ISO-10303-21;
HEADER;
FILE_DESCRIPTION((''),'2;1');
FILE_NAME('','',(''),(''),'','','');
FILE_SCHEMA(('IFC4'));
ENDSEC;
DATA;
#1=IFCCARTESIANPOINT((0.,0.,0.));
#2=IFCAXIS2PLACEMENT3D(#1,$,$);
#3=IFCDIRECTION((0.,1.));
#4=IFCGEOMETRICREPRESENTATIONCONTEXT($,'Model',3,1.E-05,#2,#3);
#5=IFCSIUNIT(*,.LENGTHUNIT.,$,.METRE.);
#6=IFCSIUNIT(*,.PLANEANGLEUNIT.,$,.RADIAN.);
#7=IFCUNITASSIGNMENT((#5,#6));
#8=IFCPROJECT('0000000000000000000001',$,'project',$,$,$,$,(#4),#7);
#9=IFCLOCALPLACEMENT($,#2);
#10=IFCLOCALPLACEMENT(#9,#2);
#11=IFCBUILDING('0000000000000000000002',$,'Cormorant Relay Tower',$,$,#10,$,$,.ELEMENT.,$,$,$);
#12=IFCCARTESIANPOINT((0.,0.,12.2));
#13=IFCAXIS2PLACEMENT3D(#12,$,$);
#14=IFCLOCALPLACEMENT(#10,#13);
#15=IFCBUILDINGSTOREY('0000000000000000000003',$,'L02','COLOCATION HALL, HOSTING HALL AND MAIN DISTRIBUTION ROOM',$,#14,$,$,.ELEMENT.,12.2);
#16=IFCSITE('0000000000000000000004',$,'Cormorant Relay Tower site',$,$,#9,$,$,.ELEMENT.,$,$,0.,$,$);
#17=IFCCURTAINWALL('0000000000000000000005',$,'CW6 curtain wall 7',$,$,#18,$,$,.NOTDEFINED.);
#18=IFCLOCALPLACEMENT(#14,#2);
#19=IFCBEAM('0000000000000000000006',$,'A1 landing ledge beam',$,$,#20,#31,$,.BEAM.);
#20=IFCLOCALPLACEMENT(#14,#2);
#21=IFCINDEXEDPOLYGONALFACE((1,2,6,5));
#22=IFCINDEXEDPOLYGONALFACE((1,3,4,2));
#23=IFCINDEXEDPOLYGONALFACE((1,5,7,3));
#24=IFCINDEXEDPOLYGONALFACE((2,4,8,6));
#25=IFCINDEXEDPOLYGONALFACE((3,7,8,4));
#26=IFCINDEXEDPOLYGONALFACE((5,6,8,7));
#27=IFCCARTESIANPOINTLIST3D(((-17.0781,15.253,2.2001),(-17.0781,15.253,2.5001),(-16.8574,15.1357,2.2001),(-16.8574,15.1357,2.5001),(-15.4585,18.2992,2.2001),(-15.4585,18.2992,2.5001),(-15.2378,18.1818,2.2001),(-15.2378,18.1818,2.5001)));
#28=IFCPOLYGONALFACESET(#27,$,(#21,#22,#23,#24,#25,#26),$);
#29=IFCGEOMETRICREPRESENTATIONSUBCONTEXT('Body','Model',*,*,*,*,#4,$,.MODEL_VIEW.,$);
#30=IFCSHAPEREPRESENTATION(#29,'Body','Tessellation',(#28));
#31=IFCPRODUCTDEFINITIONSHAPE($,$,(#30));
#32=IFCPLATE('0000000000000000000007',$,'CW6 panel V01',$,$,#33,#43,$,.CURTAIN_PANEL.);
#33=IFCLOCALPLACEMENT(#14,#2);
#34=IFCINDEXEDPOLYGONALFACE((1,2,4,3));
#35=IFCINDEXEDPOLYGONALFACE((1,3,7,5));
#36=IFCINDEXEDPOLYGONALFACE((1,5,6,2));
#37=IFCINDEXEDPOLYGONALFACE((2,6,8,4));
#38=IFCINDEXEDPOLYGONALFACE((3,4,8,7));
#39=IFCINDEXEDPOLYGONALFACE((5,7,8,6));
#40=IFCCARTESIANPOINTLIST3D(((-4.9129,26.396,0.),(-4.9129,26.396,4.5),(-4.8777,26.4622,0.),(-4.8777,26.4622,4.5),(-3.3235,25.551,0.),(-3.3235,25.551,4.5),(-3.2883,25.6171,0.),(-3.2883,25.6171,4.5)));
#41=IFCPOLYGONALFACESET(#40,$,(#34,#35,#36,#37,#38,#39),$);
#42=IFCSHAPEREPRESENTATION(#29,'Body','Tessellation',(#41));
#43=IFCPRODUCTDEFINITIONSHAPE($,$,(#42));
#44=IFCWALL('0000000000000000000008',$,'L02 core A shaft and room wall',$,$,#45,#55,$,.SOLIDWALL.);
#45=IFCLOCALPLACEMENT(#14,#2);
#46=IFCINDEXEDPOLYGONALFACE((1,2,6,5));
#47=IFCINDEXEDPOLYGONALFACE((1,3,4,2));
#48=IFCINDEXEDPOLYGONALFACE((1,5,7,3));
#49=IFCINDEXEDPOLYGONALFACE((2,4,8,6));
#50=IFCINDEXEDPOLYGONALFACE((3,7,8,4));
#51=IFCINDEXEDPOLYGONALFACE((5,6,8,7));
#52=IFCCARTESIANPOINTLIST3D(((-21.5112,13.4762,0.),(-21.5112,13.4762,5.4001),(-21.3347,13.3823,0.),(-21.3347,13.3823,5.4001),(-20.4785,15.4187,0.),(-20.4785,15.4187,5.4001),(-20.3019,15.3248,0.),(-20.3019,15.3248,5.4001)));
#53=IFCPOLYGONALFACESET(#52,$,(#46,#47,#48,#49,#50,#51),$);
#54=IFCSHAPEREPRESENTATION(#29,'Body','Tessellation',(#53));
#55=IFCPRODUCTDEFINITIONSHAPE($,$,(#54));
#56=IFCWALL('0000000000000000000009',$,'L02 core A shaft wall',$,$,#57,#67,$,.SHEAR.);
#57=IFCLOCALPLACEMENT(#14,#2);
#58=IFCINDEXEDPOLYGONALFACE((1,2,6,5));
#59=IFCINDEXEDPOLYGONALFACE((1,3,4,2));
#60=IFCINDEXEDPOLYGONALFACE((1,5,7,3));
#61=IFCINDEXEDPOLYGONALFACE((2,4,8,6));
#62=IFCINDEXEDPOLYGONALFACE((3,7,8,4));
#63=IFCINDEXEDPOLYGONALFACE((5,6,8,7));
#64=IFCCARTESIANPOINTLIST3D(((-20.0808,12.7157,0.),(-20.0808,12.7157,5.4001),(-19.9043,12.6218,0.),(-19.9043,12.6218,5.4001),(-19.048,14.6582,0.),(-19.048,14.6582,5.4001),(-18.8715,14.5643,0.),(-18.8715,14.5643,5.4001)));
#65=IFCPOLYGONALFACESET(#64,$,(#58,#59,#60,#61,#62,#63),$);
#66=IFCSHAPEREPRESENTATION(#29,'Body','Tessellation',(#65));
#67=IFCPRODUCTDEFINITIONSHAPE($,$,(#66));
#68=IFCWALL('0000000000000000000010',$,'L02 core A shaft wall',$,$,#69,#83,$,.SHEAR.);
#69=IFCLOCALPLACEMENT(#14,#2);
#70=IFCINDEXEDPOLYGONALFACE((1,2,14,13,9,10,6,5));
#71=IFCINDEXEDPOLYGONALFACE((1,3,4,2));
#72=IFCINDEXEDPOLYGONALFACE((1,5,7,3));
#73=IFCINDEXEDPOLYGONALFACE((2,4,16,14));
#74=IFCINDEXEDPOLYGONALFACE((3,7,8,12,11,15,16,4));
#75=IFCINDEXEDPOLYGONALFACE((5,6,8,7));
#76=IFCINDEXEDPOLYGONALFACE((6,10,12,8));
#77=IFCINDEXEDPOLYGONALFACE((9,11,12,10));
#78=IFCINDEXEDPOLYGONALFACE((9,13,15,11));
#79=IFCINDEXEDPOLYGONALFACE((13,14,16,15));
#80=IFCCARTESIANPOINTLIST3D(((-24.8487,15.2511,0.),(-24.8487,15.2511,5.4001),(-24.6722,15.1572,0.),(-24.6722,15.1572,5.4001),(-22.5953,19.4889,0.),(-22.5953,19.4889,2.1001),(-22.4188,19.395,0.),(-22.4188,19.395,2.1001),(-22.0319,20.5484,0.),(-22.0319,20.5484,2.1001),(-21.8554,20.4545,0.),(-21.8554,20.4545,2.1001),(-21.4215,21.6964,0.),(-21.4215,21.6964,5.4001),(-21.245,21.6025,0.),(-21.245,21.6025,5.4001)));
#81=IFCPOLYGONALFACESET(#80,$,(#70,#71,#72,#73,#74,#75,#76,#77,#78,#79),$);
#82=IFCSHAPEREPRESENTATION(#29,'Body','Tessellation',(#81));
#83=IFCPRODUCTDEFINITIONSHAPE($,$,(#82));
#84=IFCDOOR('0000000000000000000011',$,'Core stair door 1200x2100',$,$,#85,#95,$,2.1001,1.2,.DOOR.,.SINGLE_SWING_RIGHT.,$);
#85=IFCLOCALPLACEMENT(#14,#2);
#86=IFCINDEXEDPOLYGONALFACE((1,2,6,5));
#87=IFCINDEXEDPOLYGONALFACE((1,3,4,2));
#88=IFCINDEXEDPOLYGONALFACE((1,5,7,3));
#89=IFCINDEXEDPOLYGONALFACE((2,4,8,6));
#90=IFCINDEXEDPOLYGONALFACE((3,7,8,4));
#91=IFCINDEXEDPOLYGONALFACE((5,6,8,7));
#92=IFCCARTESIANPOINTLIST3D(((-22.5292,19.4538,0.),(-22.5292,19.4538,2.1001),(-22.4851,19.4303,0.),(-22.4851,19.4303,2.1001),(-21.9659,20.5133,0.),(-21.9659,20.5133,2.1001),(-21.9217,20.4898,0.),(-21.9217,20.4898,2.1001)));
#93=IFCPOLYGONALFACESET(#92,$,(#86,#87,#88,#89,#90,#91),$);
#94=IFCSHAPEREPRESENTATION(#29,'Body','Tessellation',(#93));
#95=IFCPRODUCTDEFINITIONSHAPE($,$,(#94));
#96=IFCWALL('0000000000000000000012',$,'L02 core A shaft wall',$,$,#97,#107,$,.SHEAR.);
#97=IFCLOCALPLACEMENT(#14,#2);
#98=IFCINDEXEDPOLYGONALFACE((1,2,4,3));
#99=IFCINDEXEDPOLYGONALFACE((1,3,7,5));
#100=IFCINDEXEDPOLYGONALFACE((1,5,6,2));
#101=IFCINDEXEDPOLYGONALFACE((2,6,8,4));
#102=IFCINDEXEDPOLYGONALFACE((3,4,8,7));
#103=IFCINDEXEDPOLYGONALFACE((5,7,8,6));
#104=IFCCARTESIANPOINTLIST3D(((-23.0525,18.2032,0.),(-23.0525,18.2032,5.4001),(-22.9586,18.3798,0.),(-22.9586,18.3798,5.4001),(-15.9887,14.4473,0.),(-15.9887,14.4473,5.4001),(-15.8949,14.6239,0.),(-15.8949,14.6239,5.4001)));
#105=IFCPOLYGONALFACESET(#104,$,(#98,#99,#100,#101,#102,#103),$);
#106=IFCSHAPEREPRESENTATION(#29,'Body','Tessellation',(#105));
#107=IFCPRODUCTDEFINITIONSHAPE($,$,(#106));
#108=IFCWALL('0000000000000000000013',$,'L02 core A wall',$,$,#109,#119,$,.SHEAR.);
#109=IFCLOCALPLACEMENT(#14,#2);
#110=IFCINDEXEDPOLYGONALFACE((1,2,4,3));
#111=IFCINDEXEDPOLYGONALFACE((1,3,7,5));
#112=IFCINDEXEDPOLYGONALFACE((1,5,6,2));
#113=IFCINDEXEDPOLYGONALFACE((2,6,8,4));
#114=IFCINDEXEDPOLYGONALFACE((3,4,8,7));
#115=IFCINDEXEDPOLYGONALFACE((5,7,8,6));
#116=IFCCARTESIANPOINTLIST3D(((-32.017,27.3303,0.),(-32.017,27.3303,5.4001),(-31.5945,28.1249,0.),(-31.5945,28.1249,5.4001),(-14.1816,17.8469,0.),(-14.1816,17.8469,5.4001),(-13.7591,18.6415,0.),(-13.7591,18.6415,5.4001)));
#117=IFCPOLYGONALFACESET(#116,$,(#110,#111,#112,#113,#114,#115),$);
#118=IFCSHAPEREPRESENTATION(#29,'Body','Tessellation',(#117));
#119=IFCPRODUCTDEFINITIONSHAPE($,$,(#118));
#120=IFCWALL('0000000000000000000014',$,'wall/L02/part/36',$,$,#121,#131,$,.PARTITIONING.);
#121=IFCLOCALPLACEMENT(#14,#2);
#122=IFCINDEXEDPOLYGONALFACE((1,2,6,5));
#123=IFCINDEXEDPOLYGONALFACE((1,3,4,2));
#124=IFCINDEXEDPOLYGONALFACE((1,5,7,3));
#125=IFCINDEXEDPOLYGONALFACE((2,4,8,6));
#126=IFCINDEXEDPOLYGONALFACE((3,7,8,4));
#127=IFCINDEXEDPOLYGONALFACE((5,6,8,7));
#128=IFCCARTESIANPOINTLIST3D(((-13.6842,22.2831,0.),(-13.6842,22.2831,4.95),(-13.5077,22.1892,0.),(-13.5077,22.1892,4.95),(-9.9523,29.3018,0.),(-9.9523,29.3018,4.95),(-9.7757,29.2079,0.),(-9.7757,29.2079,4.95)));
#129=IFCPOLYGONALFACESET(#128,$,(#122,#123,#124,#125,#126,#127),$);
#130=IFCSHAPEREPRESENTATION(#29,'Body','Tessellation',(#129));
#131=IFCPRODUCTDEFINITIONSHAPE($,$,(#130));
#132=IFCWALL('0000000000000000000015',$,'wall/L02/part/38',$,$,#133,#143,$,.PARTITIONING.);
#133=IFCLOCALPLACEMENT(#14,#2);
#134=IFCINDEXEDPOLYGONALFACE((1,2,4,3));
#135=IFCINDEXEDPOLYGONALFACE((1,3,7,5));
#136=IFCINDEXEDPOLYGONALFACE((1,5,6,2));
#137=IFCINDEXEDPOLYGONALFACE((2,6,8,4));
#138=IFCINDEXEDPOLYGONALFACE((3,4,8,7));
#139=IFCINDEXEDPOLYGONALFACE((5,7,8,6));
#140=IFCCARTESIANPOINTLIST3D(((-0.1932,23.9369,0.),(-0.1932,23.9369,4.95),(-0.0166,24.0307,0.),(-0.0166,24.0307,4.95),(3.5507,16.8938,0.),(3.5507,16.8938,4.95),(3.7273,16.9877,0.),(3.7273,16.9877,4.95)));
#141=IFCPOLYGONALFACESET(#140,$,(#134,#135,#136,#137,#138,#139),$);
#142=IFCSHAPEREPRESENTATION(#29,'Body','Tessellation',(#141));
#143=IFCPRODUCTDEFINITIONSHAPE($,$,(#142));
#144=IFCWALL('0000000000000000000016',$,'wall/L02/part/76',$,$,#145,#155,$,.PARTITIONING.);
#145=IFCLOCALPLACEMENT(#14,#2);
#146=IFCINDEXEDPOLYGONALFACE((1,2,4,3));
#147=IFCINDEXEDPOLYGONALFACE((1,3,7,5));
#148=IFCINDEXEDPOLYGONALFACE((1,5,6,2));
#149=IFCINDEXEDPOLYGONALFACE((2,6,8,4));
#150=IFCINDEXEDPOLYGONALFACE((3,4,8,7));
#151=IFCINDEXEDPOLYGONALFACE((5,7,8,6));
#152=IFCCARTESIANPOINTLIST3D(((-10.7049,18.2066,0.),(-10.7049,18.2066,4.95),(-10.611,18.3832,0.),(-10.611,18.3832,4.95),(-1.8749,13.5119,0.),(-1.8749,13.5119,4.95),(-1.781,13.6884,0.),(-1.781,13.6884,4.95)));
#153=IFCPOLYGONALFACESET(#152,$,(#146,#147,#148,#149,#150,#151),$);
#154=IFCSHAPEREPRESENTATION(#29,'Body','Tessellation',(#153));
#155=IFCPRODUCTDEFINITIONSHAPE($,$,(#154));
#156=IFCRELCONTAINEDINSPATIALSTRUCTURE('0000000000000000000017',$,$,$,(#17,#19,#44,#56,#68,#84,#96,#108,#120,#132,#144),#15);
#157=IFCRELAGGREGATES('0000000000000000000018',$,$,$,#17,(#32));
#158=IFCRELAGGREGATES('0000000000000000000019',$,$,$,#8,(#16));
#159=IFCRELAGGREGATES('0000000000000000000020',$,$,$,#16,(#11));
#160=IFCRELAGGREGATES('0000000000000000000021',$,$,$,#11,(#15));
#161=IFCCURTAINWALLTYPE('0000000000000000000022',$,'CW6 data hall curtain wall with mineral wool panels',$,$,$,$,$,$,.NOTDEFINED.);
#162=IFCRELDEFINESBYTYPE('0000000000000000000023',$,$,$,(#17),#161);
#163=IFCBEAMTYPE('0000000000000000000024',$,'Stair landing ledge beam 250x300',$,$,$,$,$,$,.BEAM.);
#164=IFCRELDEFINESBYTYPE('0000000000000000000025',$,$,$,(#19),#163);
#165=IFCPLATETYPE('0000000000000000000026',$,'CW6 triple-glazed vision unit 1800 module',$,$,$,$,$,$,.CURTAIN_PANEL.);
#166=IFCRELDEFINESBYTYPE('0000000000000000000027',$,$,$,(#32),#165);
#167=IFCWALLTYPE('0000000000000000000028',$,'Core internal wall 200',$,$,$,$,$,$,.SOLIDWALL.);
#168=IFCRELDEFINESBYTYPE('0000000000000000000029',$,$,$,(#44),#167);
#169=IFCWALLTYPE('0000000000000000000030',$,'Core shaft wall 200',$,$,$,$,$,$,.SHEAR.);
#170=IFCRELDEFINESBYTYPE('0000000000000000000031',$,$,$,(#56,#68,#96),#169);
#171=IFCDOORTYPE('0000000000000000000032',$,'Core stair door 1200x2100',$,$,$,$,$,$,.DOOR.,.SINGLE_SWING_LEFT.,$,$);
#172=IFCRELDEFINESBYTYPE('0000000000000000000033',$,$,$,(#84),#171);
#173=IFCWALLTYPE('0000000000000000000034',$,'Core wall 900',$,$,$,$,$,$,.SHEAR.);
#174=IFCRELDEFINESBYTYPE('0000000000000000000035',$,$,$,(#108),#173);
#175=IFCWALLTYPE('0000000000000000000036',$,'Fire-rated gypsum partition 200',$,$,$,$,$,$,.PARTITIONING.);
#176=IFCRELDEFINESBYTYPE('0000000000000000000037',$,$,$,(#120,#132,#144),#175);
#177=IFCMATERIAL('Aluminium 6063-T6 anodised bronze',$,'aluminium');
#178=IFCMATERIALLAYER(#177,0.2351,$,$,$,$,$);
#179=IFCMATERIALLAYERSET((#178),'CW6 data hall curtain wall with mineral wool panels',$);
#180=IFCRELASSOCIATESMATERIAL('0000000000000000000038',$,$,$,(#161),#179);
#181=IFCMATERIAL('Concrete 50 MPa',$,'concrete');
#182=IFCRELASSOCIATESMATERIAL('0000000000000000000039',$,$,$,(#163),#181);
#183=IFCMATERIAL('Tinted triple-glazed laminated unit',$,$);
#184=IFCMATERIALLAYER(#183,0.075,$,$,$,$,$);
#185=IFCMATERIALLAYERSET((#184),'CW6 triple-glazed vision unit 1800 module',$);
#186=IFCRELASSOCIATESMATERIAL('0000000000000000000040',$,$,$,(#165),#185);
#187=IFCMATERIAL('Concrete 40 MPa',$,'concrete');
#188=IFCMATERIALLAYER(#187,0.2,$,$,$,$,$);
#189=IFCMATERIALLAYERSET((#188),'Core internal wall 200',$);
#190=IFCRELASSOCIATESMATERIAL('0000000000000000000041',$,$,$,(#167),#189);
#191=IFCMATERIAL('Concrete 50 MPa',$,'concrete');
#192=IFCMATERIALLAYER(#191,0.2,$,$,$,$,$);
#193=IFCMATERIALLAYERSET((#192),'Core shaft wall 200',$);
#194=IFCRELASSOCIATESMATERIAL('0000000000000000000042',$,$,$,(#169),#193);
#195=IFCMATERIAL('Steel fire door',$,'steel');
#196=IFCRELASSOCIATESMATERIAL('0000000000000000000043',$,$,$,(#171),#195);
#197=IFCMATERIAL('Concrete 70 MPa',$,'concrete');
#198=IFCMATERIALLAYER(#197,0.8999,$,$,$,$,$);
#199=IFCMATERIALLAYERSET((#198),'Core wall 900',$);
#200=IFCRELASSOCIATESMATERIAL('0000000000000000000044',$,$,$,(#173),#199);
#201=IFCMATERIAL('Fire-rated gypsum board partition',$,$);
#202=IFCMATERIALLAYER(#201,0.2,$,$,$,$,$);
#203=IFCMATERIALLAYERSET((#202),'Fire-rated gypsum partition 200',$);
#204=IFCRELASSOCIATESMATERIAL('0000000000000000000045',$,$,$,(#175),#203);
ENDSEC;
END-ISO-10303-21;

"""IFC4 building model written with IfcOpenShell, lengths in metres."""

from ifc_helpers import new_model, si_unit, direction, frame, frame_2d, origin, origin_2d, place, context, subcontext, project, spatial, rectangle, extrude, material, layer, layer_set, material_profile, profile_set, type_object, element, fill, aggregate, save


model = new_model("IFC4")

# Units and contexts
model_context = context("Model", 3, precision=1e-05, world=origin(), true_north=direction((0.0, 1.0)))
body_context = subcontext(model_context, "Body", "Model", "MODEL_VIEW")
ifc_project = project(units=[si_unit("LENGTHUNIT", "METRE"), si_unit("PLANEANGLEUNIT", "RADIAN")], contexts=[model_context])

# Site, building, storey
site_placement = place(None, origin())
site = spatial("IfcSite", under=ifc_project, at=site_placement, Name="Cormorant Relay Tower site", CompositionType="ELEMENT", RefElevation=0.0)
building_placement = place(site_placement, origin())
building = spatial("IfcBuilding", under=site, at=building_placement, Name="Cormorant Relay Tower", CompositionType="ELEMENT")
storey_placement = place(building_placement, frame((0.0, 0.0, 12.2)))
storey = spatial("IfcBuildingStorey", under=building, at=storey_placement, Name="L02", Description="COLOCATION HALL, HOSTING HALL AND MAIN DISTRIBUTION ROOM", CompositionType="ELEMENT", Elevation=12.2)

# Curtain wall
ifc_material_1 = material(Name="Aluminium 6063-T6 anodised bronze", Category="aluminium")
ifc_layer_1 = layer(ifc_material_1, 0.2351)
ifc_layer_set_1 = layer_set([ifc_layer_1], Name="CW6 data hall curtain wall with mineral wool panels")
curtain_wall_type = type_object("IfcCurtainWallType", Name="CW6 data hall curtain wall with mineral wool panels", PredefinedType="NOTDEFINED", material=ifc_layer_set_1)
curtain_wall_placement = place(storey_placement, origin())
curtain_wall = element("IfcCurtainWall", 1, at=curtain_wall_placement, inside=storey, type_object=curtain_wall_type, Name="CW6 curtain wall 7", PredefinedType="NOTDEFINED")

# Beam
ifc_material_2 = material(Name="Concrete 50 MPa", Category="concrete")
ifc_material_profile_1 = material_profile(ifc_material_2, rectangle(XDim=0.25, YDim=0.3, at=origin_2d()), Name="RC 250x300")
ifc_profile_set_1 = profile_set([ifc_material_profile_1], Name="Concrete 50 MPa")
beam_type_1 = type_object("IfcBeamType", Name="Stair landing ledge beam 250x300", PredefinedType="BEAM", material=ifc_profile_set_1)
beam_1_placement = place(storey_placement, frame((-16.9678, 15.1943, 2.3501), z_axis=(0.469464, 0.882952, 0.0), x_axis=(-0.882952, 0.469464, 0.0)))
element("IfcBeam", 2, at=beam_1_placement, inside=storey, type_object=beam_type_1, Name="A1 landing ledge beam", PredefinedType="BEAM", context=body_context, shape_type="SweptSolid", body=[
    extrude(rectangle(XDim=0.25, YDim=0.3, at=origin_2d()), origin(), (0.0, 0.0, 1.0), 3.45),
])

# Plate
ifc_material_3 = material(Name="Tinted triple-glazed laminated unit")
ifc_layer_2 = layer(ifc_material_3, 0.075)
ifc_layer_set_2 = layer_set([ifc_layer_2], Name="CW6 triple-glazed vision unit 1800 module")
plate_type = type_object("IfcPlateType", Name="CW6 triple-glazed vision unit 1800 module", PredefinedType="CURTAIN_PANEL", material=ifc_layer_set_2)
plate_placement = place(storey_placement, frame((-4.1006, 26.0066, 0.0), z_axis=(0.0, 0.0, 1.0), x_axis=(-0.882948, 0.469472, 0.0)))
plate = element("IfcPlate", 3, at=plate_placement, type_object=plate_type, Name="CW6 panel V01", PredefinedType="CURTAIN_PANEL", context=body_context, shape_type="SweptSolid", body=[
    extrude(rectangle(XDim=1.8, YDim=0.075, at=origin_2d()), origin(), (0.0, 0.0, 1.0), 4.5),
])

# Walls
ifc_material_4 = material(Name="Concrete 40 MPa", Category="concrete")
ifc_layer_3 = layer(ifc_material_4, 0.2)
ifc_layer_set_3 = layer_set([ifc_layer_3], Name="Core internal wall 200")
wall_type_1 = type_object("IfcWallType", Name="Core internal wall 200", PredefinedType="SOLIDWALL", material=ifc_layer_set_3)
wall_1_placement = place(storey_placement, frame((-20.3901, 15.3718, 0.0), z_axis=(0.0, 0.0, 1.0), x_axis=(-0.469447, -0.88296, 0.0)))
element("IfcWall", 4, at=wall_1_placement, inside=storey, type_object=wall_type_1, Name="L02 core A shaft and room wall", PredefinedType="SOLIDWALL", context=body_context, shape_type="SweptSolid", body=[
    extrude(rectangle(XDim=2.2, YDim=0.2, at=frame_2d((1.1001, 0.0))), origin(), (0.0, 0.0, 1.0), 5.4001),
])
ifc_material_5 = material(Name="Concrete 50 MPa", Category="concrete")
ifc_layer_4 = layer(ifc_material_5, 0.2)
ifc_layer_set_4 = layer_set([ifc_layer_4], Name="Core shaft wall 200")
wall_type_2 = type_object("IfcWallType", Name="Core shaft wall 200", PredefinedType="SHEAR", material=ifc_layer_set_4)
wall_2_placement = place(storey_placement, frame((-18.9597, 14.6113, 0.0), z_axis=(0.0, 0.0, 1.0), x_axis=(-0.469447, -0.88296, 0.0)))
element("IfcWall", 5, at=wall_2_placement, inside=storey, type_object=wall_type_2, Name="L02 core A shaft wall", PredefinedType="SHEAR", context=body_context, shape_type="SweptSolid", body=[
    extrude(rectangle(XDim=2.2, YDim=0.2, at=frame_2d((1.1001, 0.0))), origin(), (0.0, 0.0, 1.0), 5.4001),
])

# Wall, opening, door
wall_3_placement = place(storey_placement, frame((-21.3333, 21.6494, 0.0), z_axis=(0.0, 0.0, 1.0), x_axis=(-0.469494, -0.882936, 0.0)))
wall_3 = element("IfcWall", 6, at=wall_3_placement, inside=storey, type_object=wall_type_2, Name="L02 core A shaft wall", PredefinedType="SHEAR", context=body_context, shape_type="SweptSolid", body=[
    extrude(rectangle(XDim=7.2998, YDim=0.2, at=frame_2d((3.6499, 0.0))), origin(), (0.0, 0.0, 1.0), 5.4001),
])
opening_1_placement = place(wall_3_placement, frame((1.3, 0.0, 0.0)))
opening_1 = element("IfcOpeningElement", 7, at=opening_1_placement, cuts=wall_3, PredefinedType="OPENING", context=body_context, shape_type="SweptSolid", body=[
    extrude(rectangle(XDim=1.2, YDim=2.1001, at=frame_2d((0.6001, 1.05))), frame((0.0, 0.1099, 0.0), z_axis=(0.0, -1.0, 0.0), x_axis=(1.0, 0.0, 0.0)), (0.0, 0.0, 1.0), 0.22),
])
ifc_material_6 = material(Name="Steel fire door", Category="steel")
door_type_1 = type_object("IfcDoorType", Name="Core stair door 1200x2100", OperationType="SINGLE_SWING_LEFT", PredefinedType="DOOR", material=ifc_material_6)
door_1_placement = place(opening_1_placement, origin())
door_1 = element("IfcDoor", 8, at=door_1_placement, inside=storey, type_object=door_type_1, Name="Core stair door 1200x2100", OperationType="SINGLE_SWING_RIGHT", OverallHeight=2.1001, OverallWidth=1.2, PredefinedType="DOOR", context=body_context, shape_type="SweptSolid", body=[
    extrude(rectangle(XDim=1.2, YDim=2.1001, at=frame_2d((0.6001, 1.05))), frame((0.0, 0.0249, 0.0), z_axis=(0.0, -1.0, 0.0), x_axis=(1.0, 0.0, 0.0)), (0.0, 0.0, 1.0), 0.05),
])
fill(opening_1, door_1)

# Wall
wall_4_placement = place(storey_placement, frame((-15.9419, 14.5356, 0.0), z_axis=(0.0, 0.0, 1.0), x_axis=(-0.882947, 0.469473, 0.0)))
element("IfcWall", 9, at=wall_4_placement, inside=storey, type_object=wall_type_2, Name="L02 core A shaft wall", PredefinedType="SHEAR", context=body_context, shape_type="SweptSolid", body=[
    extrude(rectangle(XDim=8.0002, YDim=0.2, at=frame_2d((4.0, 0.0))), origin(), (0.0, 0.0, 1.0), 5.4001),
])

# Shared definitions
ifc_material_7 = material(Name="Concrete 70 MPa", Category="concrete")
ifc_layer_5 = layer(ifc_material_7, 0.8999)
ifc_layer_set_5 = layer_set([ifc_layer_5], Name="Core wall 900")
wall_type_3 = type_object("IfcWallType", Name="Core wall 900", PredefinedType="SHEAR", material=ifc_layer_set_5)

# Walls
wall_5_placement = place(storey_placement, frame((-13.9702, 18.2441, 0.0), z_axis=(0.0, 0.0, 1.0), x_axis=(-0.882945, 0.469476, 0.0)))
element("IfcWall", 10, at=wall_5_placement, inside=storey, type_object=wall_type_3, Name="L02 core A wall", PredefinedType="SHEAR", context=body_context, shape_type="SweptSolid", body=[
    extrude(rectangle(XDim=20.2, YDim=0.8999, at=frame_2d((10.1001, 0.0))), origin(), (0.0, 0.0, 1.0), 5.4001),
])
ifc_material_8 = material(Name="Fire-rated gypsum board partition")
ifc_layer_6 = layer(ifc_material_8, 0.2)
ifc_layer_set_6 = layer_set([ifc_layer_6], Name="Fire-rated gypsum partition 200")
wall_type_4 = type_object("IfcWallType", Name="Fire-rated gypsum partition 200", PredefinedType="PARTITIONING", material=ifc_layer_set_6)
wall_6_placement = place(storey_placement, frame((-9.864, 29.2549, 0.0), z_axis=(0.0, 0.0, 1.0), x_axis=(-0.469469, -0.882949, 0.0)))
element("IfcWall", 11, at=wall_6_placement, inside=storey, type_object=wall_type_4, Name="wall/L02/part/36", PredefinedType="PARTITIONING", context=body_context, shape_type="SweptSolid", body=[
    extrude(rectangle(XDim=7.9492, YDim=0.2, at=frame_2d((3.9746, 0.0))), origin(), (0.0, 0.0, 1.0), 4.95),
])
wall_7_placement = place(storey_placement, frame((-0.105, 23.9839, 0.0), z_axis=(0.0, 0.0, 1.0), x_axis=(0.469382, -0.882995, 0.0)))
element("IfcWall", 12, at=wall_7_placement, inside=storey, type_object=wall_type_4, Name="wall/L02/part/38", PredefinedType="PARTITIONING", context=body_context, shape_type="SweptSolid", body=[
    extrude(rectangle(XDim=7.9763, YDim=0.2, at=frame_2d((3.9883, 0.0))), origin(), (0.0, 0.0, 1.0), 4.95),
])
wall_8_placement = place(storey_placement, frame((-10.658, 18.2949, 0.0), z_axis=(0.0, 0.0, 1.0), x_axis=(0.882956, -0.469455, 0.0)))
element("IfcWall", 13, at=wall_8_placement, inside=storey, type_object=wall_type_4, Name="wall/L02/part/76", PredefinedType="PARTITIONING", context=body_context, shape_type="SweptSolid", body=[
    extrude(rectangle(XDim=10.0005, YDim=0.2, at=frame_2d((5.0002, 0.0))), origin(), (0.0, 0.0, 1.0), 4.95),
])

aggregate(curtain_wall, [plate])

save(model, "model.ifc")
